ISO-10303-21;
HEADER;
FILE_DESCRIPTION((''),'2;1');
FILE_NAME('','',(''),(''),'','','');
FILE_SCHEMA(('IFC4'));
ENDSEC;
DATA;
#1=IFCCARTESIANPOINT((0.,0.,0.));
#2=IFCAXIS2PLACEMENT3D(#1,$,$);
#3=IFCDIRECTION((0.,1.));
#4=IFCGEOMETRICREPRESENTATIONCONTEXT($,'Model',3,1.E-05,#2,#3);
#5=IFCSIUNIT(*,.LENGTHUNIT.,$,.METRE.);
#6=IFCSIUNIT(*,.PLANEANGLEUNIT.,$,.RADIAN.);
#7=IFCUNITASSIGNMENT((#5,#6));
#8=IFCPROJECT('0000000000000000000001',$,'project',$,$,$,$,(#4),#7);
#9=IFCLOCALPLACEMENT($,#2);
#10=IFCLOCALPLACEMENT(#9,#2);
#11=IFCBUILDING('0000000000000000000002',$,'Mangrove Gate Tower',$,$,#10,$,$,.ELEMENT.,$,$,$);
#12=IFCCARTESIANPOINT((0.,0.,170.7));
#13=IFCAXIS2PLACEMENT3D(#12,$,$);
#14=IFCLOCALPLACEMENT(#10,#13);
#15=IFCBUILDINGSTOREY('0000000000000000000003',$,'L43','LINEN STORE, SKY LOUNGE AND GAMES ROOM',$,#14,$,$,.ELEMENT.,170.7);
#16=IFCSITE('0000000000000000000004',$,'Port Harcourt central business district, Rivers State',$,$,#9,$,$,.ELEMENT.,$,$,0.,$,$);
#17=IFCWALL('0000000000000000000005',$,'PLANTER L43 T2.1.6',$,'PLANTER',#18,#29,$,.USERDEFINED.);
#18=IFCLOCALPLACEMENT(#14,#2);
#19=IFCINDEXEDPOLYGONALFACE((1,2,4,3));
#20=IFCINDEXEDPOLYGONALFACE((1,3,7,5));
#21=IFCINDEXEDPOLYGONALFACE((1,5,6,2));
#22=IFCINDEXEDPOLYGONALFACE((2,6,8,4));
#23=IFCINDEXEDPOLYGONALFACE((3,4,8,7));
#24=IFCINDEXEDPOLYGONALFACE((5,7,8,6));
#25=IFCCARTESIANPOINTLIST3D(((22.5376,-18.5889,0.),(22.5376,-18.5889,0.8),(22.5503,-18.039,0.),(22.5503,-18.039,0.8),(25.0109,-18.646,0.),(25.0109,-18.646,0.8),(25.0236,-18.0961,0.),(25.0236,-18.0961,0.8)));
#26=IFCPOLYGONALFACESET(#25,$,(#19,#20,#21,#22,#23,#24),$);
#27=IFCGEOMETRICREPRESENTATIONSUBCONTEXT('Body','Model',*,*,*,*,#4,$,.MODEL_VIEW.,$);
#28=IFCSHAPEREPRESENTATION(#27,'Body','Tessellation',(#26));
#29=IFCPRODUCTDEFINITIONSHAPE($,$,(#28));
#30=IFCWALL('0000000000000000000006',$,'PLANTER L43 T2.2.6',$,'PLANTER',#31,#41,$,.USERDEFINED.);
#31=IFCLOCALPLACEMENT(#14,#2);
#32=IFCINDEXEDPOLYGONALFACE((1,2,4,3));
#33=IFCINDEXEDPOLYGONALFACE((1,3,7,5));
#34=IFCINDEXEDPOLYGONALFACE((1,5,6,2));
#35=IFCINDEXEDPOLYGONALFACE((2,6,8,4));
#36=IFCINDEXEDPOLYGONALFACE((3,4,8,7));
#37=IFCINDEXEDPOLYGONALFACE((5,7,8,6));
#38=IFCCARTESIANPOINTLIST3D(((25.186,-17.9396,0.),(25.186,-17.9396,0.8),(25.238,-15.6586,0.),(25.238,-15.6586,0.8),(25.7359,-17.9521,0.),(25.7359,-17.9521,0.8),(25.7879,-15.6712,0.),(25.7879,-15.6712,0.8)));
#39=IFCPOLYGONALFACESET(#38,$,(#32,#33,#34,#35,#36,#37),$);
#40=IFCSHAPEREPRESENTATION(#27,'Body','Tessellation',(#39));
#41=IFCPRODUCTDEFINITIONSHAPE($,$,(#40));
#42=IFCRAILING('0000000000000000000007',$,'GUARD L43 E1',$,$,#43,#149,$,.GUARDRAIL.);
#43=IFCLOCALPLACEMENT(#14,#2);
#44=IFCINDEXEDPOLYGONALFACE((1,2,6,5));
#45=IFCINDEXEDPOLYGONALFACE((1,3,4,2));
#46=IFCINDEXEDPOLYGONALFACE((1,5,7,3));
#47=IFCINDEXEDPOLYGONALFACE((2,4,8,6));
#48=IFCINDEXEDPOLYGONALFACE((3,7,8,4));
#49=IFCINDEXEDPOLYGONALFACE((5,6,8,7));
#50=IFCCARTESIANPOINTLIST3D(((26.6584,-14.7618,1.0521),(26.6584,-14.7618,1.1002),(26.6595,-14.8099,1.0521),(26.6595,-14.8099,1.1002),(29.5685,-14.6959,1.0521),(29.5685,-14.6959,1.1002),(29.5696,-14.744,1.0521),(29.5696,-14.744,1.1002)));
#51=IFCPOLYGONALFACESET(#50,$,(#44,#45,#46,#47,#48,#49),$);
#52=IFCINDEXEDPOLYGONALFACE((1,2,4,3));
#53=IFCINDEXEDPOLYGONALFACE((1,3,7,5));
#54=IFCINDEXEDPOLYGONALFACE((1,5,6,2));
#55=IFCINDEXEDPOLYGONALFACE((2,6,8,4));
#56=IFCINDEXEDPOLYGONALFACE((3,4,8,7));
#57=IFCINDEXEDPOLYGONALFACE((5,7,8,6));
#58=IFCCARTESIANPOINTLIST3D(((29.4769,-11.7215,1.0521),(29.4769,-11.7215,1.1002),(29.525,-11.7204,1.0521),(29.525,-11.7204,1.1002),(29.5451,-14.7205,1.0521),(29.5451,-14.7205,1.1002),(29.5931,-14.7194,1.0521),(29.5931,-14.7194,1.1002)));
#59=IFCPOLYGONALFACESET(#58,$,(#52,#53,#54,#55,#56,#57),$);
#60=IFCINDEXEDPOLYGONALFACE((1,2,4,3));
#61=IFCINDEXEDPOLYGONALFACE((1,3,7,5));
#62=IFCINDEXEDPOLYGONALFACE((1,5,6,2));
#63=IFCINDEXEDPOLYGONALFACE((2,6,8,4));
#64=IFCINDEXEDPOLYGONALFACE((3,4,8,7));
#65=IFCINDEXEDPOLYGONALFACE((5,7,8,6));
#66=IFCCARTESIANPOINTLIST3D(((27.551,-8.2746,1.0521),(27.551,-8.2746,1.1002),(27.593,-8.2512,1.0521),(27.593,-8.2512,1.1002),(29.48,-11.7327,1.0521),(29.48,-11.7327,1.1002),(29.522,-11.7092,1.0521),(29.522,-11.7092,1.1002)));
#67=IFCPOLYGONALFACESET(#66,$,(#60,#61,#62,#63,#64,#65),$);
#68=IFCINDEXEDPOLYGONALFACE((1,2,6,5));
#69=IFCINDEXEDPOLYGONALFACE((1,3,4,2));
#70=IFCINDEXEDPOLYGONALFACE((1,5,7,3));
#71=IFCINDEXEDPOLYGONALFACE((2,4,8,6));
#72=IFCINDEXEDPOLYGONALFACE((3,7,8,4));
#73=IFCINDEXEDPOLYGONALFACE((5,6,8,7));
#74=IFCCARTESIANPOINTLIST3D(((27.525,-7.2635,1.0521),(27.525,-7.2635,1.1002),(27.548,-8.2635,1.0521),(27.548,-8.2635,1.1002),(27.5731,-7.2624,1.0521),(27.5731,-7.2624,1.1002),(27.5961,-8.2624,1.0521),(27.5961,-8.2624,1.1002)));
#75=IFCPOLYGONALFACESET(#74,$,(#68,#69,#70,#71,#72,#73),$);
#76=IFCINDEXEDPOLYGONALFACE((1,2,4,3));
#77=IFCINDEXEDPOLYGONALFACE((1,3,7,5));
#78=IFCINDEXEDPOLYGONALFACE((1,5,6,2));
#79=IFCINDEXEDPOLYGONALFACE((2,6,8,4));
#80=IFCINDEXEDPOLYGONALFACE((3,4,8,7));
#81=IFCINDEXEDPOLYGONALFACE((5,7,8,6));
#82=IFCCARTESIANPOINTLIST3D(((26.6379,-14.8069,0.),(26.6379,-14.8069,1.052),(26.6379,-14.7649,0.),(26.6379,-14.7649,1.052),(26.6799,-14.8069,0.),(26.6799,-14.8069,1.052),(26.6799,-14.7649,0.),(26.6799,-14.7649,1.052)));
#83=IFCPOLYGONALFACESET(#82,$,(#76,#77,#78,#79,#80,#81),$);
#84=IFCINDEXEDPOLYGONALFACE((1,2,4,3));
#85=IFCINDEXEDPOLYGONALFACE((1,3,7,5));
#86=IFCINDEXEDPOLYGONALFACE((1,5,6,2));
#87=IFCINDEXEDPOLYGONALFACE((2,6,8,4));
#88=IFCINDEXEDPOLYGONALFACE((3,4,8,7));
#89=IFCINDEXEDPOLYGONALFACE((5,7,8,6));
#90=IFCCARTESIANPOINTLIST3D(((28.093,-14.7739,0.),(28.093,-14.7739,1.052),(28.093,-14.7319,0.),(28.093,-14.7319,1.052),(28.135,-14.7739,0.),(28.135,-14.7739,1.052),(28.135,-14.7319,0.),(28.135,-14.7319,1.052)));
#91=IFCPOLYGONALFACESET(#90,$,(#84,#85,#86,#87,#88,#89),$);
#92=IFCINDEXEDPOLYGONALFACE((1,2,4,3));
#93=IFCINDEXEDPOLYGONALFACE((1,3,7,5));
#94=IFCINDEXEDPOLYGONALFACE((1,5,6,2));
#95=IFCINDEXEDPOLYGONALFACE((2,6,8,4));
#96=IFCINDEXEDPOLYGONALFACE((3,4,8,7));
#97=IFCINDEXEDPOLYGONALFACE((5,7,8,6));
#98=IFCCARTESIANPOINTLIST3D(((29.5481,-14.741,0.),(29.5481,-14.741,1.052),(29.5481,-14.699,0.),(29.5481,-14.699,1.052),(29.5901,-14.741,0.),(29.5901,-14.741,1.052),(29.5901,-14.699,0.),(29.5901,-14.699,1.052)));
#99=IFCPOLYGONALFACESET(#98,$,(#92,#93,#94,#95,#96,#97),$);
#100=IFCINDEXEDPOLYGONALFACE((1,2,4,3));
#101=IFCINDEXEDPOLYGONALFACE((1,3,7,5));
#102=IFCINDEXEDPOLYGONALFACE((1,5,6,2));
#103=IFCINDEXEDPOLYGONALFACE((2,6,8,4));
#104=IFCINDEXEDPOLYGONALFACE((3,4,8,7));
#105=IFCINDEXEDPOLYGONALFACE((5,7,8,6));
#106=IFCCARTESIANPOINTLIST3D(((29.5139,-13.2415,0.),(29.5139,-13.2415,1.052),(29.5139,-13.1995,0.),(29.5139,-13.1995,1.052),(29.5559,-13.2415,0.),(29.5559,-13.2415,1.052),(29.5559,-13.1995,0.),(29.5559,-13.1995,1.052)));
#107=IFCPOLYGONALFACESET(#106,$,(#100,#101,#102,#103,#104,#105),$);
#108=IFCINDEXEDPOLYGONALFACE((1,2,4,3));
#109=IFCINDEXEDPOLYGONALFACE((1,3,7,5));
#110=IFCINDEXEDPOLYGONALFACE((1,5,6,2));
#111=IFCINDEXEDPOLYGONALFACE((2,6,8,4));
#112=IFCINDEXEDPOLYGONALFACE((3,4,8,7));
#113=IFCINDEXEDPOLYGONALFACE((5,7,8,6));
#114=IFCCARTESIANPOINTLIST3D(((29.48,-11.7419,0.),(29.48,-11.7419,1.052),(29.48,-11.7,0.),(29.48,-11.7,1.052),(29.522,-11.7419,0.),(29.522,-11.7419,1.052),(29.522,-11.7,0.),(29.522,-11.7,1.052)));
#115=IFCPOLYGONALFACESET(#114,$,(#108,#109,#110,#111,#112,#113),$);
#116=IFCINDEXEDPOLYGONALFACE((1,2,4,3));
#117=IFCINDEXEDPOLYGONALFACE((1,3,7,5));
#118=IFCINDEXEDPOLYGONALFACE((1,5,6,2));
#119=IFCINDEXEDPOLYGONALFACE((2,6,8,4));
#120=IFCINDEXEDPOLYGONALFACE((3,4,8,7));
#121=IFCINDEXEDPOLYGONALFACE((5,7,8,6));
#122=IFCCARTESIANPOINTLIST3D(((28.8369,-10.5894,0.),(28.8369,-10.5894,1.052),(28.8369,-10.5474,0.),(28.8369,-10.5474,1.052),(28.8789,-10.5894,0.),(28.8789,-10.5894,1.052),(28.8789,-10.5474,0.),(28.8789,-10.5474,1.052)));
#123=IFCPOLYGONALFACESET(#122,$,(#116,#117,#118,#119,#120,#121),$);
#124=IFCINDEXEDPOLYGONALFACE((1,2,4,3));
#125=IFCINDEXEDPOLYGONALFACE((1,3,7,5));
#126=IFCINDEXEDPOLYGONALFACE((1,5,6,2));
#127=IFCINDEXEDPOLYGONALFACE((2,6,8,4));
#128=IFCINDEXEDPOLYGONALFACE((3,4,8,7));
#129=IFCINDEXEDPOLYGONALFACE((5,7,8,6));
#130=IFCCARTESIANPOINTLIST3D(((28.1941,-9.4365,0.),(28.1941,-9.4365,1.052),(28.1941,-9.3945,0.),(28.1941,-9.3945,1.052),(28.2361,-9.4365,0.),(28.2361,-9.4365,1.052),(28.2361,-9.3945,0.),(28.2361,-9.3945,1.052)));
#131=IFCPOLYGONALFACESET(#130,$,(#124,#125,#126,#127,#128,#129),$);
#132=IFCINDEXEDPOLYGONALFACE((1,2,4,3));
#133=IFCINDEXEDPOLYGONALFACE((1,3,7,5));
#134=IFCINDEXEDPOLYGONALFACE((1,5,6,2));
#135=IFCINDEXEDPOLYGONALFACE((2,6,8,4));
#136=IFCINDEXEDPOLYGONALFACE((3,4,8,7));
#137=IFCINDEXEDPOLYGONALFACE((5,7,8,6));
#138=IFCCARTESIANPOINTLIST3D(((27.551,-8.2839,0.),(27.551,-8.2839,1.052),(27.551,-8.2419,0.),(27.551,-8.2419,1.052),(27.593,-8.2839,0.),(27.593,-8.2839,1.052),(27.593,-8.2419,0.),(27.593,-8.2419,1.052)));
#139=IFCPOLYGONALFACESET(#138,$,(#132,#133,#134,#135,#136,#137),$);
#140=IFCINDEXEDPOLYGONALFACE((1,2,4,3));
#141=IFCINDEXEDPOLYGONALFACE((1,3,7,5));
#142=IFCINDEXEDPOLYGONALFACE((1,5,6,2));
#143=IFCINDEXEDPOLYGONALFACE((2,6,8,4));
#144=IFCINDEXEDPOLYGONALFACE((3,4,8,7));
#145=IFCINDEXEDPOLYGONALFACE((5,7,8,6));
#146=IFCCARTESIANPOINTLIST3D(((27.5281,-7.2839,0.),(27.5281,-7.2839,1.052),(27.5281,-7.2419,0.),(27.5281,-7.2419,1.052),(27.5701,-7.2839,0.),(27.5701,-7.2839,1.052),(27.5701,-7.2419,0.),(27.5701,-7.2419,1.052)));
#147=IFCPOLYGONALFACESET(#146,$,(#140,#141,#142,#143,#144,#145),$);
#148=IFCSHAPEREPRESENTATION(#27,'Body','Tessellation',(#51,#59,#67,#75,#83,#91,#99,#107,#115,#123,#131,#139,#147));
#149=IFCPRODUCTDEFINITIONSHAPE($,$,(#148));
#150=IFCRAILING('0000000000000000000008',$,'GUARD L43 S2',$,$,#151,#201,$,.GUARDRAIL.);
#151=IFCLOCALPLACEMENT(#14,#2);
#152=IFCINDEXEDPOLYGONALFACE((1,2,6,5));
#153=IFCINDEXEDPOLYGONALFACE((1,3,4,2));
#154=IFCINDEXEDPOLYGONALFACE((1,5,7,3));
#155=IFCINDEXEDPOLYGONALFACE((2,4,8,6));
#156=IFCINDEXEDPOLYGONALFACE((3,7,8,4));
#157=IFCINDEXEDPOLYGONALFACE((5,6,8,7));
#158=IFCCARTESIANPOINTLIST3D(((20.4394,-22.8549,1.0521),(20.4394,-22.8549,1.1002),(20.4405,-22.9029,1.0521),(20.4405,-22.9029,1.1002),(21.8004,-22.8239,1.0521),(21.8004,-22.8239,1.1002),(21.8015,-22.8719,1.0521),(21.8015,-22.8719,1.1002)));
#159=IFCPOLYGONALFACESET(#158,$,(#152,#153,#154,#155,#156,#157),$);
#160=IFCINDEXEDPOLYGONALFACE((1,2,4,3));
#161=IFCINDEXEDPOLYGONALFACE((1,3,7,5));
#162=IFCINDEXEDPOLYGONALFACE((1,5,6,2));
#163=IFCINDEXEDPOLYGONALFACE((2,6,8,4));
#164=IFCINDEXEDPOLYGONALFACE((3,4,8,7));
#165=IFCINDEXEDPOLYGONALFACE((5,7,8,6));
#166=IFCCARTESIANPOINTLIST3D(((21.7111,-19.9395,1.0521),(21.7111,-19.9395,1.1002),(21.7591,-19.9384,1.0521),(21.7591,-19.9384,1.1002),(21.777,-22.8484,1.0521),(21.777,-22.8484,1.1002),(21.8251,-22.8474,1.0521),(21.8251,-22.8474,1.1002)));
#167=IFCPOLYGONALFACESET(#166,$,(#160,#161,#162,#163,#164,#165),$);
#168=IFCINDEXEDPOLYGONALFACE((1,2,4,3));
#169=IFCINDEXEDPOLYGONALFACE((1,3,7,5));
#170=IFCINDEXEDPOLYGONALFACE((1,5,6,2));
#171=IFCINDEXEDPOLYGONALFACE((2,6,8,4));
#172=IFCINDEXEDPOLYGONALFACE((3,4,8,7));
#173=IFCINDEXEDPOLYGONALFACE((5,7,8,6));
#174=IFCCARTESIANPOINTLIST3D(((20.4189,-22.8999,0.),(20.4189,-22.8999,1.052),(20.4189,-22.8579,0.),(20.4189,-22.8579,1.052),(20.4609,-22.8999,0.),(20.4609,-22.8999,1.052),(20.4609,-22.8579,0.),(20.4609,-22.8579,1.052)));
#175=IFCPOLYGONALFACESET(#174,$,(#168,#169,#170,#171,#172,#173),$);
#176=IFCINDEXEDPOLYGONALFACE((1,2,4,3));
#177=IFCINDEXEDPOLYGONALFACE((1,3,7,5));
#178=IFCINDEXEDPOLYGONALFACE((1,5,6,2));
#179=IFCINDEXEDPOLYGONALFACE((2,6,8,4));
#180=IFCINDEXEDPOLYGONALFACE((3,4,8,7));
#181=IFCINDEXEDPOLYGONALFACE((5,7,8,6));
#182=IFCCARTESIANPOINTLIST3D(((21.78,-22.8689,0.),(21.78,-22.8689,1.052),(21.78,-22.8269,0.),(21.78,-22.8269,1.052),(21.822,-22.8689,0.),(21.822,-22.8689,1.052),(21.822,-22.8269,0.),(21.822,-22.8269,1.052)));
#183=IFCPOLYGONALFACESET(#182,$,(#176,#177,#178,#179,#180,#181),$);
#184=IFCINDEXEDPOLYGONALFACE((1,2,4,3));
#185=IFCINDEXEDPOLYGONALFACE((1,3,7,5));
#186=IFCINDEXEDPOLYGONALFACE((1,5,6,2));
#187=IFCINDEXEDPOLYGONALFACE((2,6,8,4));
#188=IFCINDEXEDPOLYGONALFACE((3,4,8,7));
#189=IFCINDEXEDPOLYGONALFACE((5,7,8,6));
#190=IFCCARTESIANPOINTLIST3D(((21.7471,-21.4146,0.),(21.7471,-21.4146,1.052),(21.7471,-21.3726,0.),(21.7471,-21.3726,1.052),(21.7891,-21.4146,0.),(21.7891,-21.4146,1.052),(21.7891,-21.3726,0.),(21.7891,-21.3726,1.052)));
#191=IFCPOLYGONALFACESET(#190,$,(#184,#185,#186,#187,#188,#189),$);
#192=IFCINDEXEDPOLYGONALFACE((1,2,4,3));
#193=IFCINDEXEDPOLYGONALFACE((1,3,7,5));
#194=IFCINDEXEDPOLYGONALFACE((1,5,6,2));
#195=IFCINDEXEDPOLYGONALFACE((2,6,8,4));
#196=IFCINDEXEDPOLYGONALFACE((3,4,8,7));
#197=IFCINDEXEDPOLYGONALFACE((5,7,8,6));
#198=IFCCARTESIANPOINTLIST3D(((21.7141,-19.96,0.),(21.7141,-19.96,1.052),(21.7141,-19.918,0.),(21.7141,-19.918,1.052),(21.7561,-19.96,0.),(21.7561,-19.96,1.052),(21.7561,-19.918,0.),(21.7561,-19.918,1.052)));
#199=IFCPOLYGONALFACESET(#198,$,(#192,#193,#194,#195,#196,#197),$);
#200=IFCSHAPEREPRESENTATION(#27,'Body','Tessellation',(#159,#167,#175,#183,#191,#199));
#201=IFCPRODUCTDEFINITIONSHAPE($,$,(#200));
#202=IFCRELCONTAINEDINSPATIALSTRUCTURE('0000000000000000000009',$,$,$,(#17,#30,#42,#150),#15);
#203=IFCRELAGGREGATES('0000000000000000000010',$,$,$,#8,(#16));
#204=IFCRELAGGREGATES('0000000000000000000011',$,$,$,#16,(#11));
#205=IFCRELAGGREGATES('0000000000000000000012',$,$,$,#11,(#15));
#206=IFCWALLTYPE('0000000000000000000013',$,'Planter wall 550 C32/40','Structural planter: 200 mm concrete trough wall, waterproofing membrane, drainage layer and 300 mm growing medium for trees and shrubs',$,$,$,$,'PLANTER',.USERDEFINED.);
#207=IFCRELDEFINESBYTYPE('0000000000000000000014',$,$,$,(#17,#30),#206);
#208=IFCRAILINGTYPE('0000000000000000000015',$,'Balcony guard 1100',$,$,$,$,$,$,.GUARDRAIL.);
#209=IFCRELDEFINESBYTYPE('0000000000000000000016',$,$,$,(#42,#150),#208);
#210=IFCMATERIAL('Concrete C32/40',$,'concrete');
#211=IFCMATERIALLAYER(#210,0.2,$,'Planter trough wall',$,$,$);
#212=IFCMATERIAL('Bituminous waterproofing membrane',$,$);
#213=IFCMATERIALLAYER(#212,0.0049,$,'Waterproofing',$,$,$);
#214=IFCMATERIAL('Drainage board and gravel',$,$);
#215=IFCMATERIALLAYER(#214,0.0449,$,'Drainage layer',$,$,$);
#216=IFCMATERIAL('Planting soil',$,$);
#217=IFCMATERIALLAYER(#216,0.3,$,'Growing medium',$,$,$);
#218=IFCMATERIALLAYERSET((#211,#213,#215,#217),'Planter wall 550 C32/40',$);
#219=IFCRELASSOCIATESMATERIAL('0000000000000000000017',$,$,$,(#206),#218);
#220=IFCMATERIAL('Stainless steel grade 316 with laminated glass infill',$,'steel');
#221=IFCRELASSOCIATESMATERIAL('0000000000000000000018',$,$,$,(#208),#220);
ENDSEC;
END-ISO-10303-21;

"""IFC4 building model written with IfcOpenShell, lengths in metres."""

from ifc_helpers import new_model, si_unit, direction, frame, frame_2d, origin, origin_2d, place, context, subcontext, project, spatial, rectangle, extrude, material, layer, layer_set, type_object, element, save


model = new_model("IFC4")

# Units and contexts
model_context = context("Model", 3, precision=1e-05, world=origin(), true_north=direction((0.0, 1.0)))
body_context = subcontext(model_context, "Body", "Model", "MODEL_VIEW")
ifc_project = project(units=[si_unit("LENGTHUNIT", "METRE"), si_unit("PLANEANGLEUNIT", "RADIAN")], contexts=[model_context])

# Site, building, storey
site_placement = place(None, origin())
site = spatial("IfcSite", under=ifc_project, at=site_placement, Name="Port Harcourt central business district, Rivers State", CompositionType="ELEMENT", RefElevation=0.0)
building_placement = place(site_placement, origin())
building = spatial("IfcBuilding", under=site, at=building_placement, Name="Mangrove Gate Tower", CompositionType="ELEMENT")
storey_placement = place(building_placement, frame((0.0, 0.0, 170.7)))
storey = spatial("IfcBuildingStorey", under=building, at=storey_placement, Name="L43", Description="LINEN STORE, SKY LOUNGE AND GAMES ROOM", CompositionType="ELEMENT", Elevation=170.7)

# Walls
ifc_material_1 = material(Name="Concrete C32/40", Category="concrete")
ifc_layer_1 = layer(ifc_material_1, 0.2, Name="Planter trough wall")
ifc_material_2 = material(Name="Bituminous waterproofing membrane")
ifc_layer_2 = layer(ifc_material_2, 0.0049, Name="Waterproofing")
ifc_material_3 = material(Name="Drainage board and gravel")
ifc_layer_3 = layer(ifc_material_3, 0.0449, Name="Drainage layer")
ifc_material_4 = material(Name="Planting soil")
ifc_layer_4 = layer(ifc_material_4, 0.3, Name="Growing medium")
ifc_layer_set_1 = layer_set([ifc_layer_1, ifc_layer_2, ifc_layer_3, ifc_layer_4], Name="Planter wall 550 C32/40")
wall_type_1 = type_object("IfcWallType", Name="Planter wall 550 C32/40", Description="Structural planter: 200 mm concrete trough wall, waterproofing membrane, drainage layer and 300 mm growing medium for trees and shrubs", ElementType="PLANTER", PredefinedType="USERDEFINED", material=ifc_layer_set_1)
wall_1_placement = place(storey_placement, frame((25.0171, -18.3711, 0.0), z_axis=(0.0, 0.0, 1.0), x_axis=(-0.999733, 0.023094, 0.0)))
element("IfcWall", 1, at=wall_1_placement, inside=storey, type_object=wall_type_1, Name="PLANTER L43 T2.1.6", ObjectType="PLANTER", PredefinedType="USERDEFINED", context=body_context, shape_type="SweptSolid", body=[
    extrude(rectangle(XDim=2.4739, YDim=0.55, at=frame_2d((1.2368, 0.0))), origin(), (0.0, 0.0, 1.0), 0.8),
])
wall_2_placement = place(storey_placement, frame((25.5129, -15.665, 0.0), z_axis=(0.0, 0.0, 1.0), x_axis=(-0.022792, -0.99974, 0.0)))
element("IfcWall", 2, at=wall_2_placement, inside=storey, type_object=wall_type_1, Name="PLANTER L43 T2.2.6", ObjectType="PLANTER", PredefinedType="USERDEFINED", context=body_context, shape_type="SweptSolid", body=[
    extrude(rectangle(XDim=2.2815, YDim=0.55, at=frame_2d((1.1406, 0.0))), origin(), (0.0, 0.0, 1.0), 0.8),
])

# Railings
ifc_material_5 = material(Name="Stainless steel grade 316 with laminated glass infill", Category="steel")
railing_type = type_object("IfcRailingType", Name="Balcony guard 1100", PredefinedType="GUARDRAIL", material=ifc_material_5)
railing_1_placement = place(storey_placement, frame((26.6589, -14.7859, 0.0)))
element("IfcRailing", 3, at=railing_1_placement, inside=storey, type_object=railing_type, Name="GUARD L43 E1", PredefinedType="GUARDRAIL", context=body_context, shape_type="SweptSolid", body=[
    extrude(rectangle(XDim=0.0481, YDim=0.0481, at=origin_2d()), frame((0.0, 0.0, 1.0762), z_axis=(0.999744, 0.022645, 0.0), x_axis=(-0.022645, 0.999744, 0.0)), (0.0, 0.0, 1.0), 2.9109),
    extrude(rectangle(XDim=0.0481, YDim=0.0481, at=origin_2d()), frame((2.9102, 0.0659, 1.0762), z_axis=(-0.022707, 0.999742, 0.0), x_axis=(-0.999742, -0.022707, 0.0)), (0.0, 0.0, 1.0), 2.9998),
    extrude(rectangle(XDim=0.0481, YDim=0.0481, at=origin_2d()), frame((2.842, 3.0649, 1.0762), z_axis=(-0.487155, 0.873315, 0.0), x_axis=(-0.873315, -0.487155, 0.0)), (0.0, 0.0, 1.0), 3.9597),
    extrude(rectangle(XDim=0.0481, YDim=0.0481, at=origin_2d()), frame((0.9131, 6.5229, 1.0762), z_axis=(-0.022943, 0.999737, 0.0), x_axis=(-0.999737, -0.022943, 0.0)), (0.0, 0.0, 1.0), 1.0002),
    extrude(rectangle(XDim=0.042, YDim=0.042, at=origin_2d()), origin(), (0.0, 0.0, 1.0), 1.052),
    extrude(rectangle(XDim=0.042, YDim=0.042, at=origin_2d()), frame((1.4551, 0.033, 0.0)), (0.0, 0.0, 1.0), 1.052),
    extrude(rectangle(XDim=0.042, YDim=0.042, at=origin_2d()), frame((2.9102, 0.0659, 0.0)), (0.0, 0.0, 1.0), 1.052),
    extrude(rectangle(XDim=0.042, YDim=0.042, at=origin_2d()), frame((2.876, 1.5654, 0.0)), (0.0, 0.0, 1.0), 1.052),
    extrude(rectangle(XDim=0.042, YDim=0.042, at=origin_2d()), frame((2.842, 3.0649, 0.0)), (0.0, 0.0, 1.0), 1.052),
    extrude(rectangle(XDim=0.042, YDim=0.042, at=origin_2d()), frame((2.199, 4.2175, 0.0)), (0.0, 0.0, 1.0), 1.052),
    extrude(rectangle(XDim=0.042, YDim=0.042, at=origin_2d()), frame((1.5562, 5.3704, 0.0)), (0.0, 0.0, 1.0), 1.052),
    extrude(rectangle(XDim=0.042, YDim=0.042, at=origin_2d()), frame((0.9131, 6.5229, 0.0)), (0.0, 0.0, 1.0), 1.052),
    extrude(rectangle(XDim=0.042, YDim=0.042, at=origin_2d()), frame((0.8901, 7.5229, 0.0)), (0.0, 0.0, 1.0), 1.052),
])
railing_2_placement = place(storey_placement, frame((20.4399, -22.8789, 0.0)))
element("IfcRailing", 4, at=railing_2_placement, inside=storey, type_object=railing_type, Name="GUARD L43 S2", PredefinedType="GUARDRAIL", context=body_context, shape_type="SweptSolid", body=[
    extrude(rectangle(XDim=0.0481, YDim=0.0481, at=origin_2d()), frame((0.0, 0.0, 1.0762), z_axis=(0.999741, 0.022774, 0.0), x_axis=(-0.022774, 0.999741, 0.0)), (0.0, 0.0, 1.0), 1.3613),
    extrude(rectangle(XDim=0.0481, YDim=0.0481, at=origin_2d()), frame((1.3611, 0.031, 1.0762), z_axis=(-0.022655, 0.999743, 0.0), x_axis=(-0.999743, -0.022655, 0.0)), (0.0, 0.0, 1.0), 2.9097),
    extrude(rectangle(XDim=0.042, YDim=0.042, at=origin_2d()), origin(), (0.0, 0.0, 1.0), 1.052),
    extrude(rectangle(XDim=0.042, YDim=0.042, at=origin_2d()), frame((1.3611, 0.031, 0.0)), (0.0, 0.0, 1.0), 1.052),
    extrude(rectangle(XDim=0.042, YDim=0.042, at=origin_2d()), frame((1.3281, 1.4854, 0.0)), (0.0, 0.0, 1.0), 1.052),
    extrude(rectangle(XDim=0.042, YDim=0.042, at=origin_2d()), frame((1.2952, 2.9399, 0.0)), (0.0, 0.0, 1.0), 1.052),
])

save(model, "model.ifc")
